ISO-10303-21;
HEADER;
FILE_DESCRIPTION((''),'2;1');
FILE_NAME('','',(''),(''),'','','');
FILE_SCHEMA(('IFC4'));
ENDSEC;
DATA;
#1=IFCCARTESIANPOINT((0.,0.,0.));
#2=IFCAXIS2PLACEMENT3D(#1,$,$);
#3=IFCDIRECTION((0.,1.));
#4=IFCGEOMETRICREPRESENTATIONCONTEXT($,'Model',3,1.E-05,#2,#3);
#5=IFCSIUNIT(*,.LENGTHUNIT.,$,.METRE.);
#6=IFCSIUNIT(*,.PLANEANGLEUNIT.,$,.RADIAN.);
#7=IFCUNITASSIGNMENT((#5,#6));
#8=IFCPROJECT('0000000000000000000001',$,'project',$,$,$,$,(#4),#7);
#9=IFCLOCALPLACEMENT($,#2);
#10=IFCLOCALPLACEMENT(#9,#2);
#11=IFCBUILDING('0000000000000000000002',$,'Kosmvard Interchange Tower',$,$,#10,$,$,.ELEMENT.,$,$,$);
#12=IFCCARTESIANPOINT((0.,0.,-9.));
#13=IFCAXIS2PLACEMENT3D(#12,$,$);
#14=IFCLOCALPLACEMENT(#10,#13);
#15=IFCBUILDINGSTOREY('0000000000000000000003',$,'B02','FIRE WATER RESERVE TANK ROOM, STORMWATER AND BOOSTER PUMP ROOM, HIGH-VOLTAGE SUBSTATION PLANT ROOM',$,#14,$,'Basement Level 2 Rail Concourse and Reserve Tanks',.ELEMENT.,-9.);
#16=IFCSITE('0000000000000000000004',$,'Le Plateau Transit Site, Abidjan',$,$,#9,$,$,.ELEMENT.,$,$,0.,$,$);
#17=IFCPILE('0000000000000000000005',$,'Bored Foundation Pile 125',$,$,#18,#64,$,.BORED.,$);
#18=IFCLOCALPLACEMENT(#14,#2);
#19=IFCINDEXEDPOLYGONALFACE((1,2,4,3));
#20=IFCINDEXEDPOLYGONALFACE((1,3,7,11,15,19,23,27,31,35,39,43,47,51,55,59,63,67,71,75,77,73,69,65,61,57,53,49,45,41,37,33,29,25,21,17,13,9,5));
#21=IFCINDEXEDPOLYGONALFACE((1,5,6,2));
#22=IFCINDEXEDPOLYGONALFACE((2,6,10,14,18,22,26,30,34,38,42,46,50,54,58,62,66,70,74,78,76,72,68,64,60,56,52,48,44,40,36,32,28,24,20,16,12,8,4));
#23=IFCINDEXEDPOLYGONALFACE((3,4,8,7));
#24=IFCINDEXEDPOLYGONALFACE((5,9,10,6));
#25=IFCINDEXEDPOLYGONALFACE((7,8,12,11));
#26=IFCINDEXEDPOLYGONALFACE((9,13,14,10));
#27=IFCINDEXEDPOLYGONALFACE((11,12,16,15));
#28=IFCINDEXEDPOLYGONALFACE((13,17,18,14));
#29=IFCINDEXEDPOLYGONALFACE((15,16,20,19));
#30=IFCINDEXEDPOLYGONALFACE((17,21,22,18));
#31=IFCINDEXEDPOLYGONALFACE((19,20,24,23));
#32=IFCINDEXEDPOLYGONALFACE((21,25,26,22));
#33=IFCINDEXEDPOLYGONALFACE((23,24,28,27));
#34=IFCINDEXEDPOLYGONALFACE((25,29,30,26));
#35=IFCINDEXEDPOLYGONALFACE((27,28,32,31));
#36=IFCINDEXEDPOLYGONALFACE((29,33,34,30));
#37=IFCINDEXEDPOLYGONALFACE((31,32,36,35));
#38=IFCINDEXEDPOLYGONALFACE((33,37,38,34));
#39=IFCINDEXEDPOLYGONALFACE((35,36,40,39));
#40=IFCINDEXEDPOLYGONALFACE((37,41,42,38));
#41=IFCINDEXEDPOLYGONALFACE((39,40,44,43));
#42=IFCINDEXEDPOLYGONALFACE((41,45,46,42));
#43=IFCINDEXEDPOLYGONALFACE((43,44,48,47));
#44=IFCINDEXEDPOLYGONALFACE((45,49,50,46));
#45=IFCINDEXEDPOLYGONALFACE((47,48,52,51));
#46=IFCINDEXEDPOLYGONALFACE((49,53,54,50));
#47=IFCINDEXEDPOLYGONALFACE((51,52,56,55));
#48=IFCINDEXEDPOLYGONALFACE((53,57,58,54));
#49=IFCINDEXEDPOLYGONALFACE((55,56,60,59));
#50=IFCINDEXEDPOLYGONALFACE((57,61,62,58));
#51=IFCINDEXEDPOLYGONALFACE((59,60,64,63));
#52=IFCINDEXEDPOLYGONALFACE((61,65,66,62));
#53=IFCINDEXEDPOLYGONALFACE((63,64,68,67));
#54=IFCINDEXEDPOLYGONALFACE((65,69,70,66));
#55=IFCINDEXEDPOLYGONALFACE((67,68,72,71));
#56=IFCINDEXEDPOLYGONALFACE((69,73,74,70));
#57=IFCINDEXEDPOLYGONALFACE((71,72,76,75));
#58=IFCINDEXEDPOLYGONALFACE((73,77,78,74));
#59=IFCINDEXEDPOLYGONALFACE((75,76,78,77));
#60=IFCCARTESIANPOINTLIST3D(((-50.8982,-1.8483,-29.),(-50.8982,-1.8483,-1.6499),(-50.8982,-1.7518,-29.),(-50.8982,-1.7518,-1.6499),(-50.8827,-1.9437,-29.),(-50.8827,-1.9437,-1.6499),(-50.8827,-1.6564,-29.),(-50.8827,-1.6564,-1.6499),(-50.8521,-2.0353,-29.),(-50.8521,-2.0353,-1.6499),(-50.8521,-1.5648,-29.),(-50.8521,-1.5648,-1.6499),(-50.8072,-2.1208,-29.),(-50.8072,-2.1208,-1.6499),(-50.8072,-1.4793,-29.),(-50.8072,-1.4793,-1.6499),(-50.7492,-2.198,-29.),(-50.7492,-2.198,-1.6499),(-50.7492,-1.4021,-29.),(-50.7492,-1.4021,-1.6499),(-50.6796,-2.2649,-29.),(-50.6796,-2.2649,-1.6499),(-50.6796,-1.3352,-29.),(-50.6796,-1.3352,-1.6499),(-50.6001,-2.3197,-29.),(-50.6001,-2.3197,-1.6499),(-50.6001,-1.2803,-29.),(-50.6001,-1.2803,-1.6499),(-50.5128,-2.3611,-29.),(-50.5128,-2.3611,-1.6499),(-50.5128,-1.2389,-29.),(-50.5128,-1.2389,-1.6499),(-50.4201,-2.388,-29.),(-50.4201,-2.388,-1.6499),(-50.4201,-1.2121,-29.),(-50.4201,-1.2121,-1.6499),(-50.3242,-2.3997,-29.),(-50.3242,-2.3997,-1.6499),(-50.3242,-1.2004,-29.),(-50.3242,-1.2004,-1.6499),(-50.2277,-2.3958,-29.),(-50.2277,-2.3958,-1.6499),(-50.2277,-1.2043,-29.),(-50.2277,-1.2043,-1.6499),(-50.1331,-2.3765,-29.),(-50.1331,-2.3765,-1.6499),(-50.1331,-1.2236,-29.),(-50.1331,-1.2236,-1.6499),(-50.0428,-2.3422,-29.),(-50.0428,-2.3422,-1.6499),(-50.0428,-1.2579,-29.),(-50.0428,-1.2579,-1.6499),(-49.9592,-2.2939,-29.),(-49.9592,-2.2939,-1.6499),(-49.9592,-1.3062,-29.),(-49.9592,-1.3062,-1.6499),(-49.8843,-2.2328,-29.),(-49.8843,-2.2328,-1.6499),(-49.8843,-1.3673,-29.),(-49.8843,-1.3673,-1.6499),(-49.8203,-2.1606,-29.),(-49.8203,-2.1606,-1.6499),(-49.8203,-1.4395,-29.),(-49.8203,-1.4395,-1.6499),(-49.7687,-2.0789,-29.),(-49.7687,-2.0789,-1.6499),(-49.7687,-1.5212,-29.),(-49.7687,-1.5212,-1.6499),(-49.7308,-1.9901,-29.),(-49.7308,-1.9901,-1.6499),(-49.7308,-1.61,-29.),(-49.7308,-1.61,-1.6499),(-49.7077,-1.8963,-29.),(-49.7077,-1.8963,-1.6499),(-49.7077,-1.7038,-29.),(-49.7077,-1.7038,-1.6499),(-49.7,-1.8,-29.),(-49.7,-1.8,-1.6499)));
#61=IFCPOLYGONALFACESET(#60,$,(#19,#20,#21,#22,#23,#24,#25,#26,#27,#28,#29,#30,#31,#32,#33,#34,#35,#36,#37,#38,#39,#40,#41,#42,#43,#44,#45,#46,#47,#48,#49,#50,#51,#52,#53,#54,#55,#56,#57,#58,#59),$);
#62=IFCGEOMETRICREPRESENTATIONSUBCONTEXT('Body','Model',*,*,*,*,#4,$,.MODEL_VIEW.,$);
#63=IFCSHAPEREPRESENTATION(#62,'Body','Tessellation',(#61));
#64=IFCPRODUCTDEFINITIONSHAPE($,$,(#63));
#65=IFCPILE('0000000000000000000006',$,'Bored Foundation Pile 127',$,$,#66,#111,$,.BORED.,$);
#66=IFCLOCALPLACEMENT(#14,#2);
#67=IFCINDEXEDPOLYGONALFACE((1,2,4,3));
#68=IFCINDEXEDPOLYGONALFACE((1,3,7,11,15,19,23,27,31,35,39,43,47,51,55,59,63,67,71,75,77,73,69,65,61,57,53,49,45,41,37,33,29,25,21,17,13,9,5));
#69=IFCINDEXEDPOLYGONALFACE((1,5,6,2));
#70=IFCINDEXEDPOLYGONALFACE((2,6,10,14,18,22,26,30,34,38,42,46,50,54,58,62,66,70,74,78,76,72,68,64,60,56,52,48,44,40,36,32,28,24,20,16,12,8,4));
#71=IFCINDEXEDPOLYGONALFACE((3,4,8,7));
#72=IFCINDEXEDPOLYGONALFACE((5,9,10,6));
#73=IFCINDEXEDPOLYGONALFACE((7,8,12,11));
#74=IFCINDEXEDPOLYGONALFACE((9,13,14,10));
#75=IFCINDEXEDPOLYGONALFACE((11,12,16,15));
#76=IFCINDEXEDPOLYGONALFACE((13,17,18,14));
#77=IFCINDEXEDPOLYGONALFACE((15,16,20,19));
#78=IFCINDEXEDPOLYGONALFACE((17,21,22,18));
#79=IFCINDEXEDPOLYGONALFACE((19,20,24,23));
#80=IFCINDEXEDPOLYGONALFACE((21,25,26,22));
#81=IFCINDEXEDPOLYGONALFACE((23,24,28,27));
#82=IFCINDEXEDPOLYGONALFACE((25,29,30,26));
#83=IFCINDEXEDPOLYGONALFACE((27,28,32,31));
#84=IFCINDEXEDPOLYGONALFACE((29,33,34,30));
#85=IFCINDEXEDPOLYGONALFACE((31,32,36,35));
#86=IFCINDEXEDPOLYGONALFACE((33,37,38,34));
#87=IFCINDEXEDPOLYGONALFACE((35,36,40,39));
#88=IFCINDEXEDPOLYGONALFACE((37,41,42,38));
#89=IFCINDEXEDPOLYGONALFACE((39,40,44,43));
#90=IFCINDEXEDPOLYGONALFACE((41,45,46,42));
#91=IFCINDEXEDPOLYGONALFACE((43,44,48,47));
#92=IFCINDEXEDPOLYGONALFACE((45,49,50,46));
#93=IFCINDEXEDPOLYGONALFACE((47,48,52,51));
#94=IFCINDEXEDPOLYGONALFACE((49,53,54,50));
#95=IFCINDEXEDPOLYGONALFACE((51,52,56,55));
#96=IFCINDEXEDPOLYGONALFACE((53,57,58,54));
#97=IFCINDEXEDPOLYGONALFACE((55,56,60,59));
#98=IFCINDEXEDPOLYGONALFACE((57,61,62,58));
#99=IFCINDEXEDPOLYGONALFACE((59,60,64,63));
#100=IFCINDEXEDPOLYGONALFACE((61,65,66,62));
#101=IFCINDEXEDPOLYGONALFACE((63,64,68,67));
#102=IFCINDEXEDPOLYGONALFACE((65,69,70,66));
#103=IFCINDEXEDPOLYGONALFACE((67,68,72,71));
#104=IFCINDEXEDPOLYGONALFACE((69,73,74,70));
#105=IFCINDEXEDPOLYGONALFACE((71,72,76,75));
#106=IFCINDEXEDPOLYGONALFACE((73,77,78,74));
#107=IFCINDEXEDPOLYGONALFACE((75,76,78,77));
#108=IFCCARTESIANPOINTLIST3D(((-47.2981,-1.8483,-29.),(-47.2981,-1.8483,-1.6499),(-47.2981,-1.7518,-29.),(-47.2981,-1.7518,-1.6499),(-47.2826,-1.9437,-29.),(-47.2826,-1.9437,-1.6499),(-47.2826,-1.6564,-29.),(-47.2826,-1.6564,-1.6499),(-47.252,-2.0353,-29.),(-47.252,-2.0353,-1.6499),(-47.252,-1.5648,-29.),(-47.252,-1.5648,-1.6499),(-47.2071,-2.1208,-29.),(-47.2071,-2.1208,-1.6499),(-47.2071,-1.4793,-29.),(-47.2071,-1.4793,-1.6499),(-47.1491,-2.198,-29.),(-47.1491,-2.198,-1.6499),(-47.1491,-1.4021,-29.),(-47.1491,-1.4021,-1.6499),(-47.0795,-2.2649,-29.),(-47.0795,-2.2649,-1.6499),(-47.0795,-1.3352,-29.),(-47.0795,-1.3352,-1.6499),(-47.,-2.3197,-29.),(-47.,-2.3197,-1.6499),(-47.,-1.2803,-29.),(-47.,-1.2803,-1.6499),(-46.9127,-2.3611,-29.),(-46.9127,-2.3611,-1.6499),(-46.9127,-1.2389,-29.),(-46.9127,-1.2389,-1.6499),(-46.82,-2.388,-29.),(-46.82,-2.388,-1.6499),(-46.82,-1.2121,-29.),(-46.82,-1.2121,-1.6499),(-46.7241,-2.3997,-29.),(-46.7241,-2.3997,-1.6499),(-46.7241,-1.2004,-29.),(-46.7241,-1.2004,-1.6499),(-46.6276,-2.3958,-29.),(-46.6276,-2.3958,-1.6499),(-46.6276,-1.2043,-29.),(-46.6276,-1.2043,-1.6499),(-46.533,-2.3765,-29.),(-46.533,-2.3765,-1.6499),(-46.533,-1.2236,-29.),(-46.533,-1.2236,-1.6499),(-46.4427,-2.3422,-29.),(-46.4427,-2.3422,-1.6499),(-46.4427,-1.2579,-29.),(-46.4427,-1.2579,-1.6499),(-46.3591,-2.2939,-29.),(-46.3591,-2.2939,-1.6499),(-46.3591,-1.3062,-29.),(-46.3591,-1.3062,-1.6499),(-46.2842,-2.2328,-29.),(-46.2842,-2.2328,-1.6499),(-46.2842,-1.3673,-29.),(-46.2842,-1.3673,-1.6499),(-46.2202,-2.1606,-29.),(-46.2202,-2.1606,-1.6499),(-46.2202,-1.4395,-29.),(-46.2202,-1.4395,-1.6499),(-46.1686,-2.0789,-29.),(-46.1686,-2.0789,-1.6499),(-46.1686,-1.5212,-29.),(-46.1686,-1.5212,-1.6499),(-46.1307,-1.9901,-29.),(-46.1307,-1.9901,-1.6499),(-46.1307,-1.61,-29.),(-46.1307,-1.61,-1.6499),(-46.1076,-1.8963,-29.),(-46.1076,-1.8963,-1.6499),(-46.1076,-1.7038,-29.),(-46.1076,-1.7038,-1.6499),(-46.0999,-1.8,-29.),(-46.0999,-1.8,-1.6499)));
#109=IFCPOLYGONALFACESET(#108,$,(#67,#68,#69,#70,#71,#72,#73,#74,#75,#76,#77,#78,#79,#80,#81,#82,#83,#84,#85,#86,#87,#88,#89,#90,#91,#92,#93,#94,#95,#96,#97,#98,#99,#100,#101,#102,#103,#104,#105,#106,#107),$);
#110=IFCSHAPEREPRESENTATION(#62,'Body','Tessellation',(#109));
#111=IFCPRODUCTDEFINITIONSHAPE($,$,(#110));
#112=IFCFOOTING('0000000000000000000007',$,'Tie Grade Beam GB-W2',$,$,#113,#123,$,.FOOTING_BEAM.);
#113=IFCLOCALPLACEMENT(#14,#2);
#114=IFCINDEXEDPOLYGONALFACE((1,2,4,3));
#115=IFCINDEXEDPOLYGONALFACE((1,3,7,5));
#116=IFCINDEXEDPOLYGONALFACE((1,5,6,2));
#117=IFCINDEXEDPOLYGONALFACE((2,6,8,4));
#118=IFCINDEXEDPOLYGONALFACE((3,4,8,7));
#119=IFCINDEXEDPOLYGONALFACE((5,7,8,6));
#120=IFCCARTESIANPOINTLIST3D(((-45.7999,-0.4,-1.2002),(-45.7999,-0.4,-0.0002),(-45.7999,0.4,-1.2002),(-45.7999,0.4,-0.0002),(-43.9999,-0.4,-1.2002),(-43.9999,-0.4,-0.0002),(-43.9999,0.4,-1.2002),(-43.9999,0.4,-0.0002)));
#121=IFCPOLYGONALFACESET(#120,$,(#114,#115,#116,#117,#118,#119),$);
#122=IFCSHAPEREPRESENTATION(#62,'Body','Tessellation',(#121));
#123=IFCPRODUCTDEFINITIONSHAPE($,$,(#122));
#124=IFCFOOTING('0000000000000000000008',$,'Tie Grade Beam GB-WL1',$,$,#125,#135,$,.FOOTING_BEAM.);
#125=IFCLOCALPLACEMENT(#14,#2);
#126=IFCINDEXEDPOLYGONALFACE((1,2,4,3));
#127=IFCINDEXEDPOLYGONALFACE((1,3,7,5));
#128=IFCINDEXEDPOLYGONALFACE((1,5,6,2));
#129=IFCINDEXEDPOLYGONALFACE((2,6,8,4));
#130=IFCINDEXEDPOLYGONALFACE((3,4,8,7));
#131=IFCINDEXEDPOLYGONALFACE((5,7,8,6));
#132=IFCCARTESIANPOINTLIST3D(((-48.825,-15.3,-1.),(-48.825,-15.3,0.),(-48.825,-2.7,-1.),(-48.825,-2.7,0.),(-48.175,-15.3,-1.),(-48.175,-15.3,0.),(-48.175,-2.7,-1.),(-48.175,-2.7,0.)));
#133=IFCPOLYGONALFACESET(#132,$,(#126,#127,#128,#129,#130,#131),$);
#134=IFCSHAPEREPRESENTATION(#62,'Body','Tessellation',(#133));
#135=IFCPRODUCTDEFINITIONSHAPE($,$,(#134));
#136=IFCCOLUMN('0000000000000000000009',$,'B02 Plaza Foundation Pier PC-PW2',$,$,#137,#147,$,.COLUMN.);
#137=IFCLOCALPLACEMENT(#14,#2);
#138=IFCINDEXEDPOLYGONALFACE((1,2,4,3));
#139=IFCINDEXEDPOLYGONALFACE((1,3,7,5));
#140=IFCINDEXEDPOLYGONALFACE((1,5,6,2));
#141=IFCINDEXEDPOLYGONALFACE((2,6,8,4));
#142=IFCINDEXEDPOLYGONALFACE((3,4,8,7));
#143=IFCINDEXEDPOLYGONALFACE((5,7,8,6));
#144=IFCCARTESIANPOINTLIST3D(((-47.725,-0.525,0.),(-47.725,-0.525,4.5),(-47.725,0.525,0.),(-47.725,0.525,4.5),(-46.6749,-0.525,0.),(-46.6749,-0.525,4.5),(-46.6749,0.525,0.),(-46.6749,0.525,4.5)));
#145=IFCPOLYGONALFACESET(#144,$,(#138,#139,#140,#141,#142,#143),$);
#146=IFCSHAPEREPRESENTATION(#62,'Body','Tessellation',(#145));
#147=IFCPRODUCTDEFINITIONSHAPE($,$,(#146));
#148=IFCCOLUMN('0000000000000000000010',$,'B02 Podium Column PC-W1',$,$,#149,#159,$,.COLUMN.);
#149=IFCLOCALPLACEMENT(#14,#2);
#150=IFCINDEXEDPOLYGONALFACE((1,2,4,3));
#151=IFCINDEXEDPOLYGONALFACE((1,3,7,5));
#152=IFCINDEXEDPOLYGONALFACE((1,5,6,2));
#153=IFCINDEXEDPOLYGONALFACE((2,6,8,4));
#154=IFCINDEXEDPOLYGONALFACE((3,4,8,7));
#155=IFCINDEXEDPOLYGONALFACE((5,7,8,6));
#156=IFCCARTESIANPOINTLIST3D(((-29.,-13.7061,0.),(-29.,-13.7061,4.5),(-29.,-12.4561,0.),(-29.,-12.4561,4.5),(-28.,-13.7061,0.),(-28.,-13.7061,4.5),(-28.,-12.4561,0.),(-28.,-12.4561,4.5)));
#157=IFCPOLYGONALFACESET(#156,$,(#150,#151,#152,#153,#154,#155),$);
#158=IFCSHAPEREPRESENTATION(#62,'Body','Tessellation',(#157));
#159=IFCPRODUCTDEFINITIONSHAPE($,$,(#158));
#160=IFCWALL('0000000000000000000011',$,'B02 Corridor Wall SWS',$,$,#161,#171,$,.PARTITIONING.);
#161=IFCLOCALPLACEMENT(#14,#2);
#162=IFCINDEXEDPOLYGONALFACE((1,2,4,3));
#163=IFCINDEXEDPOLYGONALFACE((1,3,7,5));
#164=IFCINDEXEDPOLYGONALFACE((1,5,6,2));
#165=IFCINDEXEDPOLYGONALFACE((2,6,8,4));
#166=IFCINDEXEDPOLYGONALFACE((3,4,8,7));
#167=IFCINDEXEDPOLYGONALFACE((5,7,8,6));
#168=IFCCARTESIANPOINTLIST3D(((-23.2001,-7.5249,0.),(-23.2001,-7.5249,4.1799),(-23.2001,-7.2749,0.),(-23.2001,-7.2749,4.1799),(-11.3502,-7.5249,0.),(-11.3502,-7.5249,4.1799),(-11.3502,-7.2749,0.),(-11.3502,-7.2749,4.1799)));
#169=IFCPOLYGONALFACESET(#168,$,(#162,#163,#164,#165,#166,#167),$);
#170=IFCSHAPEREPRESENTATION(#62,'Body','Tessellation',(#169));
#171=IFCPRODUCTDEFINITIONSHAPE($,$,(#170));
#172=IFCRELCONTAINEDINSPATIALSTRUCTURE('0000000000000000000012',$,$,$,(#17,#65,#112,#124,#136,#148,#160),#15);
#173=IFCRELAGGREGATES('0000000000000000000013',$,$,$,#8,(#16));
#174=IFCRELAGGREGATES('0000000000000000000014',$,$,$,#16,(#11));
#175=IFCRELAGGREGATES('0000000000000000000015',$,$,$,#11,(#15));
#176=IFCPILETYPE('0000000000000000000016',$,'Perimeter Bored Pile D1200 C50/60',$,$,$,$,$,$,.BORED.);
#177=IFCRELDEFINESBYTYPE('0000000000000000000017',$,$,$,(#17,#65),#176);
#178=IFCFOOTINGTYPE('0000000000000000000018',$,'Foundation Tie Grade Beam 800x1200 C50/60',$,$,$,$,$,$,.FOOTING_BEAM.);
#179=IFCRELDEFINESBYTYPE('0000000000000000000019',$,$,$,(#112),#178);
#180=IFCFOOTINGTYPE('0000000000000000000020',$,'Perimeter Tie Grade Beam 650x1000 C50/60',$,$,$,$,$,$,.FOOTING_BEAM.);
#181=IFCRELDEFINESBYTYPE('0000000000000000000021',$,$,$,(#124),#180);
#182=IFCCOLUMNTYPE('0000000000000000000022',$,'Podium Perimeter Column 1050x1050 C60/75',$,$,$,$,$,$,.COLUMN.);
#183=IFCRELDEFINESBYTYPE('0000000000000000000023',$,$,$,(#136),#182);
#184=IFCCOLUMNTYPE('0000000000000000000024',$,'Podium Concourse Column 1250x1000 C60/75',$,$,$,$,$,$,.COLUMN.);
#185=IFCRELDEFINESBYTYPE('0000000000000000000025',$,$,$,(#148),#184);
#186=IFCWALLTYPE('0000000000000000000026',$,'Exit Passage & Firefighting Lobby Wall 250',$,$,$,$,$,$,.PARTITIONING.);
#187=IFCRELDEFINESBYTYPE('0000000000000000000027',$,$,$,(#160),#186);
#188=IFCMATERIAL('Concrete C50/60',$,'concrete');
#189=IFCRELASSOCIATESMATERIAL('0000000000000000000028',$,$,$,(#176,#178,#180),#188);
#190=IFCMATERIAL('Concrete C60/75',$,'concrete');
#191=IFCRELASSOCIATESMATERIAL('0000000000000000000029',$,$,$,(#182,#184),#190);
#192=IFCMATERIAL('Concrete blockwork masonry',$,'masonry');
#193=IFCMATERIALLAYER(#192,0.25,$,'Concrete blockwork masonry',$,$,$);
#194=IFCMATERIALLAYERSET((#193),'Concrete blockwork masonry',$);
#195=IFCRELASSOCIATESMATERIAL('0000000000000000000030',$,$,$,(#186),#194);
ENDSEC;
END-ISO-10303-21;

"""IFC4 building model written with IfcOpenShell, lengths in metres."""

from ifc_helpers import new_model, si_unit, direction, frame, frame_2d, origin, origin_2d, place, context, subcontext, project, spatial, rectangle, circle, extrude, source, transform, mapped, material, layer, layer_set, material_profile, profile_set, type_object, element, save


model = new_model("IFC4")

# Units and contexts
model_context = context("Model", 3, precision=1e-05, world=origin(), true_north=direction((0.0, 1.0)))
body_context = subcontext(model_context, "Body", "Model", "MODEL_VIEW")
ifc_project = project(units=[si_unit("LENGTHUNIT", "METRE"), si_unit("PLANEANGLEUNIT", "RADIAN")], contexts=[model_context])

# Site, building, storey
site_placement = place(None, origin())
site = spatial("IfcSite", under=ifc_project, at=site_placement, Name="Le Plateau Transit Site, Abidjan", CompositionType="ELEMENT", RefElevation=0.0)
building_placement = place(site_placement, origin())
building = spatial("IfcBuilding", under=site, at=building_placement, Name="Kosmvard Interchange Tower", CompositionType="ELEMENT")
storey_placement = place(building_placement, frame((0.0, 0.0, -9.0)))
storey = spatial("IfcBuildingStorey", under=building, at=storey_placement, Name="B02", Description="FIRE WATER RESERVE TANK ROOM, STORMWATER AND BOOSTER PUMP ROOM, HIGH-VOLTAGE SUBSTATION PLANT ROOM", LongName="Basement Level 2 Rail Concourse and Reserve Tanks", CompositionType="ELEMENT", Elevation=-9.0)

# Shared definitions
ifc_material_1 = material(Name="Concrete C50/60", Category="concrete")
ifc_material_profile_1 = material_profile(ifc_material_1, circle(Radius=0.6001, at=origin_2d()), Name="PILE D1200")
ifc_profile_set_1 = profile_set([ifc_material_profile_1], Name="Concrete C50/60")
pile_type = type_object("IfcPileType", Name="Perimeter Bored Pile D1200 C50/60", PredefinedType="BORED", material=ifc_profile_set_1)

# Piles
shared_shape_1 = source(origin(), body_context, "Body", "SweptSolid", [
    extrude(circle(Radius=0.6001, at=origin_2d()), origin(), (0.0, 0.0, 1.0), 27.3501),
])
for number, where, z_axis, x_axis, name in (
    (1, (-50.3, -1.8, -1.6499), (0.0, 0.0, -1.0), (1.0, 0.0, 0.0), "Bored Foundation Pile 125"),
    (2, (-46.7, -1.8, -1.6499), (0.0, 0.0, -1.0), (1.0, 0.0, 0.0), "Bored Foundation Pile 127"),
):
    element("IfcPile", number, at=place(storey_placement, frame(where, z_axis=z_axis, x_axis=x_axis)), inside=storey, type_object=pile_type, Name=name, PredefinedType="BORED", context=body_context, shape_type="MappedRepresentation", body=[
        mapped(shared_shape_1, transform((0.0, 0.0, 0.0), scale=1.0)),
    ])

# Footings
ifc_material_profile_2 = material_profile(ifc_material_1, rectangle(XDim=0.8, YDim=1.2, at=origin_2d()), Name="GB 800x1200")
ifc_profile_set_2 = profile_set([ifc_material_profile_2], Name="Concrete C50/60")
footing_type_1 = type_object("IfcFootingType", Name="Foundation Tie Grade Beam 800x1200 C50/60", PredefinedType="FOOTING_BEAM", material=ifc_profile_set_2)
shared_shape_2 = source(origin(), body_context, "Body", "SweptSolid", [
    extrude(rectangle(XDim=1.8, YDim=0.8, at=origin_2d()), origin(), (0.0, 0.0, 1.0), 1.2),
])
footing_1_placement = place(storey_placement, frame((-44.8999, 0.0, -1.2002), z_axis=(0.0, 0.0, 1.0), x_axis=(1.0, 0.0, 0.0)))
element("IfcFooting", 3, at=footing_1_placement, inside=storey, type_object=footing_type_1, Name="Tie Grade Beam GB-W2", PredefinedType="FOOTING_BEAM", context=body_context, shape_type="MappedRepresentation", body=[
    mapped(shared_shape_2, transform((0.0, 0.0, 0.0), scale=1.0)),
])
ifc_material_profile_3 = material_profile(ifc_material_1, rectangle(XDim=0.6499, YDim=1.0, at=origin_2d()), Name="GB 650x1000")
ifc_profile_set_3 = profile_set([ifc_material_profile_3], Name="Concrete C50/60")
footing_type_2 = type_object("IfcFootingType", Name="Perimeter Tie Grade Beam 650x1000 C50/60", PredefinedType="FOOTING_BEAM", material=ifc_profile_set_3)
shared_shape_3 = source(origin(), body_context, "Body", "SweptSolid", [
    extrude(rectangle(XDim=0.6499, YDim=12.6001, at=origin_2d()), origin(), (0.0, 0.0, 1.0), 1.0),
])
footing_2_placement = place(storey_placement, frame((-48.5, -9.0, -1.0), z_axis=(0.0, 0.0, 1.0), x_axis=(1.0, 0.0, 0.0)))
element("IfcFooting", 4, at=footing_2_placement, inside=storey, type_object=footing_type_2, Name="Tie Grade Beam GB-WL1", PredefinedType="FOOTING_BEAM", context=body_context, shape_type="MappedRepresentation", body=[
    mapped(shared_shape_3, transform((0.0, 0.0, 0.0), scale=1.0)),
])

# Columns
ifc_material_2 = material(Name="Concrete C60/75", Category="concrete")
ifc_material_profile_4 = material_profile(ifc_material_2, rectangle(XDim=1.05, YDim=1.05, at=origin_2d()), Name="PC 1050x1050")
ifc_profile_set_4 = profile_set([ifc_material_profile_4], Name="Concrete C60/75")
column_type_1 = type_object("IfcColumnType", Name="Podium Perimeter Column 1050x1050 C60/75", PredefinedType="COLUMN", material=ifc_profile_set_4)
shared_shape_4 = source(origin(), body_context, "Body", "SweptSolid", [
    extrude(rectangle(XDim=1.05, YDim=1.05, at=origin_2d()), origin(), (0.0, 0.0, 1.0), 4.5),
])
column_1_placement = place(storey_placement, frame((-47.2, 0.0, 0.0), z_axis=(0.0, 0.0, 1.0), x_axis=(1.0, 0.0, 0.0)))
element("IfcColumn", 5, at=column_1_placement, inside=storey, type_object=column_type_1, Name="B02 Plaza Foundation Pier PC-PW2", PredefinedType="COLUMN", context=body_context, shape_type="MappedRepresentation", body=[
    mapped(shared_shape_4, transform((0.0, 0.0, 0.0), scale=1.0)),
])
ifc_material_profile_5 = material_profile(ifc_material_2, rectangle(XDim=1.0, YDim=1.25, at=origin_2d()), Name="PC 1250x1000")
ifc_profile_set_5 = profile_set([ifc_material_profile_5], Name="Concrete C60/75")
column_type_2 = type_object("IfcColumnType", Name="Podium Concourse Column 1250x1000 C60/75", PredefinedType="COLUMN", material=ifc_profile_set_5)
shared_shape_5 = source(origin(), body_context, "Body", "SweptSolid", [
    extrude(rectangle(XDim=1.0, YDim=1.25, at=origin_2d()), origin(), (0.0, 0.0, 1.0), 4.5),
])
column_2_placement = place(storey_placement, frame((-28.5, -13.0811, 0.0), z_axis=(0.0, 0.0, 1.0), x_axis=(1.0, 0.0, 0.0)))
element("IfcColumn", 6, at=column_2_placement, inside=storey, type_object=column_type_2, Name="B02 Podium Column PC-W1", PredefinedType="COLUMN", context=body_context, shape_type="MappedRepresentation", body=[
    mapped(shared_shape_5, transform((0.0, 0.0, 0.0), scale=1.0)),
])

# Wall
ifc_material_3 = material(Name="Concrete blockwork masonry", Category="masonry")
ifc_layer_1 = layer(ifc_material_3, 0.25, Name="Concrete blockwork masonry")
ifc_layer_set_1 = layer_set([ifc_layer_1], Name="Concrete blockwork masonry")
wall_type_1 = type_object("IfcWallType", Name="Exit Passage & Firefighting Lobby Wall 250", PredefinedType="PARTITIONING", material=ifc_layer_set_1)
wall_1_placement = place(storey_placement, frame((-23.2, -7.3999, 0.0), z_axis=(0.0, 0.0, 1.0), x_axis=(1.0, 0.0, 0.0)))
element("IfcWall", 7, at=wall_1_placement, inside=storey, type_object=wall_type_1, Name="B02 Corridor Wall SWS", PredefinedType="PARTITIONING", context=body_context, shape_type="SweptSolid", body=[
    extrude(rectangle(XDim=11.8499, YDim=0.25, at=frame_2d((5.9248, 0.0))), origin(), (0.0, 0.0, 1.0), 4.1799),
])

save(model, "model.ifc")
